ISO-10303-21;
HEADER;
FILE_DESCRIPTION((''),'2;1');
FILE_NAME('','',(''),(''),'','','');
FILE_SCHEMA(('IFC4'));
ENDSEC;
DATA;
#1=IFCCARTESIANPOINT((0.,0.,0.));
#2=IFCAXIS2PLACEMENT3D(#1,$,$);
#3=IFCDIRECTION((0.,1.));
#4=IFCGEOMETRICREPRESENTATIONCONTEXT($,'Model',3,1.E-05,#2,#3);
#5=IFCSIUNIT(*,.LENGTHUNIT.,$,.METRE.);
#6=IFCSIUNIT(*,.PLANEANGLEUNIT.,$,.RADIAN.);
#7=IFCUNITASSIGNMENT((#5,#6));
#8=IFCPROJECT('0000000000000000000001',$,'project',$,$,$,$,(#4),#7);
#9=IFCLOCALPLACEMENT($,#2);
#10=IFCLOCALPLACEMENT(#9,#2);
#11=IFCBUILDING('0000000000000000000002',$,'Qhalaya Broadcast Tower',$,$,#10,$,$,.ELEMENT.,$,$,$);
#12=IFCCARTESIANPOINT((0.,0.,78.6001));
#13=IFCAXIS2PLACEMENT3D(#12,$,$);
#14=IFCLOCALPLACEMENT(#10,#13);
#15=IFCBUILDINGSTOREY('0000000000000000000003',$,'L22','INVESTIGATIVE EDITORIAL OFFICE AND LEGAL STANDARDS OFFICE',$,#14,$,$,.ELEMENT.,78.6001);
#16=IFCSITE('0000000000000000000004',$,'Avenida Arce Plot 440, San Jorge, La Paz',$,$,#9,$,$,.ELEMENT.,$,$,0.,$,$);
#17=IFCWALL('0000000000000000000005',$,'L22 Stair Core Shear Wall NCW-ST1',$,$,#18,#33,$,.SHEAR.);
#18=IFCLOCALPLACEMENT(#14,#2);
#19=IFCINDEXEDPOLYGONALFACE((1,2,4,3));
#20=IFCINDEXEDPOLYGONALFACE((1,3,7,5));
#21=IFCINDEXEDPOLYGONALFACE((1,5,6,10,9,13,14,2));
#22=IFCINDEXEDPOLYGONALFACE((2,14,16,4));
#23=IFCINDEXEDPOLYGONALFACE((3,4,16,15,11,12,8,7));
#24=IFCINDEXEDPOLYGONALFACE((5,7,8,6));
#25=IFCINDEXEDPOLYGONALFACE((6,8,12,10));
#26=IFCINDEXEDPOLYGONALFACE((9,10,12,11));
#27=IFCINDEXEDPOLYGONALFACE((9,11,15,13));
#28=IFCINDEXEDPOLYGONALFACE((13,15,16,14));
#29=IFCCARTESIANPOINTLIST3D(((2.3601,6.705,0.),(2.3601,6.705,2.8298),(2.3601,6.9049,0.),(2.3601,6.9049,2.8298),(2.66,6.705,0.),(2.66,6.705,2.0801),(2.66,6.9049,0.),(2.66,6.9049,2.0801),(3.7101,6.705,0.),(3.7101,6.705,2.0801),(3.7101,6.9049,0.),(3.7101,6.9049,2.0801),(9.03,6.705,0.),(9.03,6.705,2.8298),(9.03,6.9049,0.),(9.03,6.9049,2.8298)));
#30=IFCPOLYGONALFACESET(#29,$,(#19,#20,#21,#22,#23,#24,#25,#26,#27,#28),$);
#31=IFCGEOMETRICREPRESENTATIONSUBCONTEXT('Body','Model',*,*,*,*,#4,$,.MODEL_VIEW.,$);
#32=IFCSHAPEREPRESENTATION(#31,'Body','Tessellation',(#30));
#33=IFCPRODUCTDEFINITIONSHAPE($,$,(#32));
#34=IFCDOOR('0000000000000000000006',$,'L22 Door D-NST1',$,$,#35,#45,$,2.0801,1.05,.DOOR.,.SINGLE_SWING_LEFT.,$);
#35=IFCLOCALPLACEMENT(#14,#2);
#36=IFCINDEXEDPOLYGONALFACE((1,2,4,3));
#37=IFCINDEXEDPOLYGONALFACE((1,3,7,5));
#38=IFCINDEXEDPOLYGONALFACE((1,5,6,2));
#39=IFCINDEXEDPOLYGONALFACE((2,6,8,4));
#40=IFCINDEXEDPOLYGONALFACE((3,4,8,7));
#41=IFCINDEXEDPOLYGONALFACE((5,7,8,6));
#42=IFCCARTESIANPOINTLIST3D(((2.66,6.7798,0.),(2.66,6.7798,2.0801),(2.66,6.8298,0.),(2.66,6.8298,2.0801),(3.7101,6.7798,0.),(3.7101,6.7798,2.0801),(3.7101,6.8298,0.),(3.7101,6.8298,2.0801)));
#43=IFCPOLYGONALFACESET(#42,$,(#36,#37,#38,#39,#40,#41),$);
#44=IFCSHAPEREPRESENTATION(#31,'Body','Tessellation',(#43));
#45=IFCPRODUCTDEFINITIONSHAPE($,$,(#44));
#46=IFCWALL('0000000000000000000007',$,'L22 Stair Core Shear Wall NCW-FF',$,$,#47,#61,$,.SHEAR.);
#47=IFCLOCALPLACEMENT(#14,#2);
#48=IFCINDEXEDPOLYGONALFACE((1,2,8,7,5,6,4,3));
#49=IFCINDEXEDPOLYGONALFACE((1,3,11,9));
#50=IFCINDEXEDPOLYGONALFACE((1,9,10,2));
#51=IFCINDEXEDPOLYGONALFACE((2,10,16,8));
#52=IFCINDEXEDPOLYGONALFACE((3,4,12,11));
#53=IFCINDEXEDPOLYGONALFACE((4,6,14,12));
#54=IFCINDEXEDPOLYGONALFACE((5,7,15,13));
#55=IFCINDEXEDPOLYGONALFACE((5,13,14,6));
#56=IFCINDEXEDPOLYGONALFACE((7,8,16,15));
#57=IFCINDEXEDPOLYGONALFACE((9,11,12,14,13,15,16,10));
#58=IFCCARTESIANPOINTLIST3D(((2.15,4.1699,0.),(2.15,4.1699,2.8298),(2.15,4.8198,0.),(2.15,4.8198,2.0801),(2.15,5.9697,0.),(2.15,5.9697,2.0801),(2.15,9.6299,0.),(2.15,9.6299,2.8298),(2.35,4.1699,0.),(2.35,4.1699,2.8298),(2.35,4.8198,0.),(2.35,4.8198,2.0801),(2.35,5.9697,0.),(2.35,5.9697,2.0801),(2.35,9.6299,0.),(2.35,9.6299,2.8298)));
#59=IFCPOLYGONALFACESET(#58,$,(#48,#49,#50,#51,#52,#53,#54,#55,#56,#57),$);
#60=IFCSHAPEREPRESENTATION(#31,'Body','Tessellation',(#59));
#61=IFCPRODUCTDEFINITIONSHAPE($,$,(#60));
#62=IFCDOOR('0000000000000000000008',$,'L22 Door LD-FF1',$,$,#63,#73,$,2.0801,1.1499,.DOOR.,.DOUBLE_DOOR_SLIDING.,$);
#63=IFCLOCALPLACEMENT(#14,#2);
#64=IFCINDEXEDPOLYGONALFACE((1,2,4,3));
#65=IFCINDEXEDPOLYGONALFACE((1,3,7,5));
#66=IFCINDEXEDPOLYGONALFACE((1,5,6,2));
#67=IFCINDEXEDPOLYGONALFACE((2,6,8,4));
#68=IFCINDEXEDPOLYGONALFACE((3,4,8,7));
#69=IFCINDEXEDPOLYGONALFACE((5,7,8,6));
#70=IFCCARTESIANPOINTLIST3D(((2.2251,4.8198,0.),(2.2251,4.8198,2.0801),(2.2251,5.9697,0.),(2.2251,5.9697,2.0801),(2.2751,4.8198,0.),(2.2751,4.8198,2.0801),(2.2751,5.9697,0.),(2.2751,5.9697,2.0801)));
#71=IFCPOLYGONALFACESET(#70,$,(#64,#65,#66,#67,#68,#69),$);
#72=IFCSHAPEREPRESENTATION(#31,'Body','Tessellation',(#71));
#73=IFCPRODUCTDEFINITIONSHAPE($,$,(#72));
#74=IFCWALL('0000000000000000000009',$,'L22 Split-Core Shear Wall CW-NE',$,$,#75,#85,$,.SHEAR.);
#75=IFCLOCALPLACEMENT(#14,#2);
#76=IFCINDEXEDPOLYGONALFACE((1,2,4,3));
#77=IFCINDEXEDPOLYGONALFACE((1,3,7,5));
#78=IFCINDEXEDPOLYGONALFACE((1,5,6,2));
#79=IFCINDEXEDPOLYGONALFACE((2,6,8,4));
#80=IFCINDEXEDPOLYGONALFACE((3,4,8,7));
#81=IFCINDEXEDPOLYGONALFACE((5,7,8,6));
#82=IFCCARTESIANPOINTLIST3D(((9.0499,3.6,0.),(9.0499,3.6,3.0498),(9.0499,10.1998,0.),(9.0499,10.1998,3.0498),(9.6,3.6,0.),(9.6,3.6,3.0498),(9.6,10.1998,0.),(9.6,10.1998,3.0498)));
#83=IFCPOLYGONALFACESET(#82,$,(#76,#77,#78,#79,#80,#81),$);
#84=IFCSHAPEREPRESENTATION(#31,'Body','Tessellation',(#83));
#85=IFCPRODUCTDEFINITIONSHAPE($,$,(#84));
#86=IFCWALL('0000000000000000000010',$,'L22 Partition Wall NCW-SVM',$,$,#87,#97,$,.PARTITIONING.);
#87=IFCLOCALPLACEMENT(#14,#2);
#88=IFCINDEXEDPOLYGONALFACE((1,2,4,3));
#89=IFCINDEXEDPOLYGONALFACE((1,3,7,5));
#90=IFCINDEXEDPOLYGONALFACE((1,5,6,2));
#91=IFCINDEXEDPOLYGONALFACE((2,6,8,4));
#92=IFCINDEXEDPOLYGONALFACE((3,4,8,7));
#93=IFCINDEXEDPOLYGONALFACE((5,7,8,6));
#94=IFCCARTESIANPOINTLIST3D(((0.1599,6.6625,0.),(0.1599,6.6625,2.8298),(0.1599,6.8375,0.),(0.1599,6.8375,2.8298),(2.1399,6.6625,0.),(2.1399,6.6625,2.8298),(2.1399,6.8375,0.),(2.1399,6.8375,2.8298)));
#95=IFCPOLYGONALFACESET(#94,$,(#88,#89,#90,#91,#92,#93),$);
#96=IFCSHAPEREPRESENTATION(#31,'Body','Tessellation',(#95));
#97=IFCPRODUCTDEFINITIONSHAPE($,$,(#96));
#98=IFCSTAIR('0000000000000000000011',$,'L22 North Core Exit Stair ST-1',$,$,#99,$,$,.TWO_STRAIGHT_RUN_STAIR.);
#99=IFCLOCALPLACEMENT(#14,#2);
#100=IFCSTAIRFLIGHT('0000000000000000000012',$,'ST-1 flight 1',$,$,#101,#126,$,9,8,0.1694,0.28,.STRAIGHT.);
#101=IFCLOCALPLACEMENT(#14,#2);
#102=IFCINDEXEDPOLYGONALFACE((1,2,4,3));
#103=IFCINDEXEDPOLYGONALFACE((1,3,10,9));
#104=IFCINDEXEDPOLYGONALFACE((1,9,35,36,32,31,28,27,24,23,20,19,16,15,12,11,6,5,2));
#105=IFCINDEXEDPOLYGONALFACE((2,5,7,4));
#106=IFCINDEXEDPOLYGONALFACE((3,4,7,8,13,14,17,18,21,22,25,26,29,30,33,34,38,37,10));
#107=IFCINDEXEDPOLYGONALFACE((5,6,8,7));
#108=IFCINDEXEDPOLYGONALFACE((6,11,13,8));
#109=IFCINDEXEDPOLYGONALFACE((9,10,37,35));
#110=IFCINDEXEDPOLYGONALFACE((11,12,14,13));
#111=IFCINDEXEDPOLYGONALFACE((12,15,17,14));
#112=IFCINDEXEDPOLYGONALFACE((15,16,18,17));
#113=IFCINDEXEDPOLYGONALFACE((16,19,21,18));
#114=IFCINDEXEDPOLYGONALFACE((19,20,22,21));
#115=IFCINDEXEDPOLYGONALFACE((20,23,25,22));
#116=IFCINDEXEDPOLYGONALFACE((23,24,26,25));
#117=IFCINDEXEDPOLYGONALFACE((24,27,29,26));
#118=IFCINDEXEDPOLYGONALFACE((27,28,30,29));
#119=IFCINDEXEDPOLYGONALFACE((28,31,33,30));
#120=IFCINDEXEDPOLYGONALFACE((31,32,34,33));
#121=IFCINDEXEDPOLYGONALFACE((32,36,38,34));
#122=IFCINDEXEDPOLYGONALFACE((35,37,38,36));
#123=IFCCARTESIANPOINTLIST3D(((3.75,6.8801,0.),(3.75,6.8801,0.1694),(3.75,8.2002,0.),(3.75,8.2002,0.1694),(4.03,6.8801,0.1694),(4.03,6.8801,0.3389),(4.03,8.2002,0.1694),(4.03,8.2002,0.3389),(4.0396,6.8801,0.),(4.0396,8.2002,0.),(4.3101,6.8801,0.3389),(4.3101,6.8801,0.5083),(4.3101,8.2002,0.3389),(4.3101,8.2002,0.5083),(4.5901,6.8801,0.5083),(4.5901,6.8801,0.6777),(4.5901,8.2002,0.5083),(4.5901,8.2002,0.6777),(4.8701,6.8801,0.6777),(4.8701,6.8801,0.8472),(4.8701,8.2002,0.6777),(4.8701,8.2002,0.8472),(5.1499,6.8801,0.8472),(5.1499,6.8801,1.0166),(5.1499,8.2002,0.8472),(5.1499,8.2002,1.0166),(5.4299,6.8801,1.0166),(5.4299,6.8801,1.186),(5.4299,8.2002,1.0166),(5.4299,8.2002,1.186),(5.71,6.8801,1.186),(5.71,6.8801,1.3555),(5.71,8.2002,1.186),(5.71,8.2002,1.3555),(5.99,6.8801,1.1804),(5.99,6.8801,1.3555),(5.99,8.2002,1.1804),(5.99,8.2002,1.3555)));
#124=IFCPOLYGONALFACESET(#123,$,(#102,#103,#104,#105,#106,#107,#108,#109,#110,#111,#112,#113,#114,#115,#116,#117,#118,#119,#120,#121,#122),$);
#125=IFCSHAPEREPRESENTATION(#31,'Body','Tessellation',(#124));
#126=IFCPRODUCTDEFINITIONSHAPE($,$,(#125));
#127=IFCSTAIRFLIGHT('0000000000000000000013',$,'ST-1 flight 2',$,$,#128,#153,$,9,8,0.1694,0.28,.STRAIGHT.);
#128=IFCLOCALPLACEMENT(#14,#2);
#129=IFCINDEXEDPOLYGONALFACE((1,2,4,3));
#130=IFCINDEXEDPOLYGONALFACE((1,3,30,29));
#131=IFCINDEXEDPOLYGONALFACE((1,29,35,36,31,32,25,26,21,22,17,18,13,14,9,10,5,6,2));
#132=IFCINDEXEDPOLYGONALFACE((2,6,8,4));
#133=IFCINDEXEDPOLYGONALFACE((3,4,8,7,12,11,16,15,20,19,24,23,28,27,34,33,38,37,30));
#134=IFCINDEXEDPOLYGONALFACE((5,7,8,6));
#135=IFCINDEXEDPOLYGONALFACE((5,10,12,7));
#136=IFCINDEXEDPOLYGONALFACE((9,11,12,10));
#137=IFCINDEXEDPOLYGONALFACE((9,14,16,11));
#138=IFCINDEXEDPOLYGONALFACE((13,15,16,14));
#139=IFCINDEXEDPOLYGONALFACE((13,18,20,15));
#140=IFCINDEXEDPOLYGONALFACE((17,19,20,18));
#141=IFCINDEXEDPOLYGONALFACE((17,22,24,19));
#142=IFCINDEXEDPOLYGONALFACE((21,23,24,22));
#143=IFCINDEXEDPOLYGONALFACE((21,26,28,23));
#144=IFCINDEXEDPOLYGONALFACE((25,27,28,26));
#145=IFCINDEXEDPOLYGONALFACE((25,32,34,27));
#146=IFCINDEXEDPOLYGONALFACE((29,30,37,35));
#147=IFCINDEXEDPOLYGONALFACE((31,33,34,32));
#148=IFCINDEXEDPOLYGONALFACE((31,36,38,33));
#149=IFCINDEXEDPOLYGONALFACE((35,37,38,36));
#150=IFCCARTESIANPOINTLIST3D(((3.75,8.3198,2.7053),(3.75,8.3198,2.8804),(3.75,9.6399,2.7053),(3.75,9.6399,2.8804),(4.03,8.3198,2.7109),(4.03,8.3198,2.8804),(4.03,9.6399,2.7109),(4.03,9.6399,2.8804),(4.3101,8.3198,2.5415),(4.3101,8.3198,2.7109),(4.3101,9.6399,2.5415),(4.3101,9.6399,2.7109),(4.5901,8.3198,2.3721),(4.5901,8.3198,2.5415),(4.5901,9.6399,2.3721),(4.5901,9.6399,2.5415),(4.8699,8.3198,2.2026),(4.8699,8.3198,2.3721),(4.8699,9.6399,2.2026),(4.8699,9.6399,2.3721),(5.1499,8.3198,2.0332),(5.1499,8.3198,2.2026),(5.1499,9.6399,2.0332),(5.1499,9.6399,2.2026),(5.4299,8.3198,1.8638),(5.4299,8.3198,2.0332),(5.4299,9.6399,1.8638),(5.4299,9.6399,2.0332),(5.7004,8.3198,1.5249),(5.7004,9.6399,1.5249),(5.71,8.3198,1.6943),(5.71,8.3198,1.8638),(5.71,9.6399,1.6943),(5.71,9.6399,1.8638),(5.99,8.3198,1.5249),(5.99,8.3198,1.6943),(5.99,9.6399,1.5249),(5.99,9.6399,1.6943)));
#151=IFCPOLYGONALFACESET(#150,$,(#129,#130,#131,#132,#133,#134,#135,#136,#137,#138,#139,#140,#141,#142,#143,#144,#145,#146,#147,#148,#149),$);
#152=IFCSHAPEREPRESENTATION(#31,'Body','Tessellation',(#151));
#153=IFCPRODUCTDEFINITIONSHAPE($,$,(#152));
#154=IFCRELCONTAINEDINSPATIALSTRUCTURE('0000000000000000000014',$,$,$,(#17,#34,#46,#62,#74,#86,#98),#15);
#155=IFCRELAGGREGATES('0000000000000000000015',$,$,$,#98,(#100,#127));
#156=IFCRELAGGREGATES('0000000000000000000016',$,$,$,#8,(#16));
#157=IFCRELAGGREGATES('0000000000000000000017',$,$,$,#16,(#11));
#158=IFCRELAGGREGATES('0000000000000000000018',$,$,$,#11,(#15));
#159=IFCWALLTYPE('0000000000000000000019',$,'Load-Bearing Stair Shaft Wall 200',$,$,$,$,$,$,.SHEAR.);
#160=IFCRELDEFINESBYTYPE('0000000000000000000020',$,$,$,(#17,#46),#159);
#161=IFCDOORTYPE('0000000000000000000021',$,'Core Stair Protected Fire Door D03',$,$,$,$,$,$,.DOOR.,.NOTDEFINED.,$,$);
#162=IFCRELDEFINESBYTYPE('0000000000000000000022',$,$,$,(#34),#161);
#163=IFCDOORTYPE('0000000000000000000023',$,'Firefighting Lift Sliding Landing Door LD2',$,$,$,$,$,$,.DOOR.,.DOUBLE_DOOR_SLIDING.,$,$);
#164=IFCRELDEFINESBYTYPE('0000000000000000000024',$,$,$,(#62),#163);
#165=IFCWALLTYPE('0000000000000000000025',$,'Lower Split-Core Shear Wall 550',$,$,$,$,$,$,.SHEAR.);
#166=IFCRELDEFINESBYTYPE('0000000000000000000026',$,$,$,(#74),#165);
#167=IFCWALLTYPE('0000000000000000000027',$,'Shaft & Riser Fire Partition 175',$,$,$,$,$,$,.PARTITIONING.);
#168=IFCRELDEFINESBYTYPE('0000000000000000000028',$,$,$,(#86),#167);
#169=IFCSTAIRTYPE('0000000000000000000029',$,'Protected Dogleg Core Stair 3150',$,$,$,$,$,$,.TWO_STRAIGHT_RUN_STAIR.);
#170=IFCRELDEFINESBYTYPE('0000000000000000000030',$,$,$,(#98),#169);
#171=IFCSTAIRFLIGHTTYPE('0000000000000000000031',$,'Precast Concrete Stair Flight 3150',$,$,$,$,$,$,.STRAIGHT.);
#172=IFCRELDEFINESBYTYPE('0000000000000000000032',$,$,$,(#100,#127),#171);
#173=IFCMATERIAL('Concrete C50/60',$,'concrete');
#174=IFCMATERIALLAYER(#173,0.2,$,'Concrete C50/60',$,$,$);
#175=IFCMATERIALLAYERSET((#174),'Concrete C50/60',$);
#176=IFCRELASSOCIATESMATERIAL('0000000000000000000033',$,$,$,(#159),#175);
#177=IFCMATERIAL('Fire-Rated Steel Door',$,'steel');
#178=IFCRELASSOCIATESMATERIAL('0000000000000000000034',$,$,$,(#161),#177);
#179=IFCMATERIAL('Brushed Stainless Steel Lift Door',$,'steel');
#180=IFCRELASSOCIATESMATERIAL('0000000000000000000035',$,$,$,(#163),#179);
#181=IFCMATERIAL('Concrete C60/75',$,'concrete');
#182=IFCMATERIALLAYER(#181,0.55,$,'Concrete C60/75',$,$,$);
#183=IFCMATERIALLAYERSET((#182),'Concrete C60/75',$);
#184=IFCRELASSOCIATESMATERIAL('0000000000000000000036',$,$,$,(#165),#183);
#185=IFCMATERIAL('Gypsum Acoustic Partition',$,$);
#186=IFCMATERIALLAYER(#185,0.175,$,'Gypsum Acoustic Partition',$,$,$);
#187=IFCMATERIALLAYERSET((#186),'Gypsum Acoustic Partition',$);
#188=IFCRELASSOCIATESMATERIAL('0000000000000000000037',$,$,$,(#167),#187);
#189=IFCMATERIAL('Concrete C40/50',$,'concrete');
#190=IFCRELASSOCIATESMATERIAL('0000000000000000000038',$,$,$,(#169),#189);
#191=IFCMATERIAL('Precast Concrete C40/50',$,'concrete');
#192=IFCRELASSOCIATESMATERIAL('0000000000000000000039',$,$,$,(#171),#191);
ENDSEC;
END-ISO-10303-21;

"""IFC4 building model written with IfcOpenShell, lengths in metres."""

from ifc_helpers import new_model, si_unit, direction, frame, frame_2d, origin, place, context, subcontext, project, spatial, polyline, rectangle, outline, extrude, material, layer, layer_set, type_object, element, fill, aggregate, save


model = new_model("IFC4")

# Units and contexts
model_context = context("Model", 3, precision=1e-05, world=origin(), true_north=direction((0.0, 1.0)))
body_context = subcontext(model_context, "Body", "Model", "MODEL_VIEW")
ifc_project = project(units=[si_unit("LENGTHUNIT", "METRE"), si_unit("PLANEANGLEUNIT", "RADIAN")], contexts=[model_context])

# Site, building, storey
site_placement = place(None, origin())
site = spatial("IfcSite", under=ifc_project, at=site_placement, Name="Avenida Arce Plot 440, San Jorge, La Paz", CompositionType="ELEMENT", RefElevation=0.0)
building_placement = place(site_placement, origin())
building = spatial("IfcBuilding", under=site, at=building_placement, Name="Qhalaya Broadcast Tower", CompositionType="ELEMENT")
storey_placement = place(building_placement, frame((0.0, 0.0, 78.6001)))
storey = spatial("IfcBuildingStorey", under=building, at=storey_placement, Name="L22", Description="INVESTIGATIVE EDITORIAL OFFICE AND LEGAL STANDARDS OFFICE", CompositionType="ELEMENT", Elevation=78.6001)

# Shared definitions
ifc_material_1 = material(Name="Concrete C50/60", Category="concrete")

# Walls, openings, doors
ifc_layer_1 = layer(ifc_material_1, 0.2, Name="Concrete C50/60")
ifc_layer_set_1 = layer_set([ifc_layer_1], Name="Concrete C50/60")
wall_type_1 = type_object("IfcWallType", Name="Load-Bearing Stair Shaft Wall 200", PredefinedType="SHEAR", material=ifc_layer_set_1)
wall_1_placement = place(storey_placement, frame((2.3601, 6.8049, 0.0), z_axis=(0.0, 0.0, 1.0), x_axis=(1.0, 0.0, 0.0)))
wall_1 = element("IfcWall", 1, at=wall_1_placement, inside=storey, type_object=wall_type_1, Name="L22 Stair Core Shear Wall NCW-ST1", PredefinedType="SHEAR", context=body_context, shape_type="SweptSolid", body=[
    extrude(rectangle(XDim=6.6699, YDim=0.2, at=frame_2d((3.335, 0.0))), origin(), (0.0, 0.0, 1.0), 2.8298),
])
opening_1_placement = place(wall_1_placement, frame((0.3, 0.0, 0.0)))
opening_1 = element("IfcOpeningElement", 2, at=opening_1_placement, cuts=wall_1, PredefinedType="OPENING", context=body_context, shape_type="SweptSolid", body=[
    extrude(rectangle(XDim=1.05, YDim=2.0801, at=frame_2d((0.5249, 1.04))), frame((0.0, 0.1121, 0.0), z_axis=(0.0, -1.0, 0.0), x_axis=(1.0, 0.0, 0.0)), (0.0, 0.0, 1.0), 0.2239),
])
ifc_material_2 = material(Name="Fire-Rated Steel Door", Category="steel")
door_type_1 = type_object("IfcDoorType", Name="Core Stair Protected Fire Door D03", OperationType="NOTDEFINED", PredefinedType="DOOR", material=ifc_material_2)
door_1_placement = place(opening_1_placement, origin())
door_1 = element("IfcDoor", 3, at=door_1_placement, inside=storey, type_object=door_type_1, Name="L22 Door D-NST1", OperationType="SINGLE_SWING_LEFT", OverallHeight=2.0801, OverallWidth=1.05, PredefinedType="DOOR", context=body_context, shape_type="SweptSolid", body=[
    extrude(rectangle(XDim=1.05, YDim=2.0801, at=frame_2d((0.5249, 1.04))), frame((0.0, 0.0249, 0.0), z_axis=(0.0, -1.0, 0.0), x_axis=(1.0, 0.0, 0.0)), (0.0, 0.0, 1.0), 0.05),
])
fill(opening_1, door_1)
wall_2_placement = place(storey_placement, frame((2.25, 4.1699, 0.0), z_axis=(0.0, 0.0, 1.0), x_axis=(0.0, 1.0, 0.0)))
wall_2 = element("IfcWall", 4, at=wall_2_placement, inside=storey, type_object=wall_type_1, Name="L22 Stair Core Shear Wall NCW-FF", PredefinedType="SHEAR", context=body_context, shape_type="SweptSolid", body=[
    extrude(rectangle(XDim=5.46, YDim=0.2, at=frame_2d((2.73, 0.0))), origin(), (0.0, 0.0, 1.0), 2.8298),
])
opening_2_placement = place(wall_2_placement, frame((0.6499, 0.0, 0.0)))
opening_2 = element("IfcOpeningElement", 5, at=opening_2_placement, cuts=wall_2, PredefinedType="OPENING", context=body_context, shape_type="SweptSolid", body=[
    extrude(rectangle(XDim=1.1499, YDim=2.0801, at=frame_2d((0.575, 1.04))), frame((0.0, 0.1121, 0.0), z_axis=(0.0, -1.0, 0.0), x_axis=(1.0, 0.0, 0.0)), (0.0, 0.0, 1.0), 0.2239),
])
ifc_material_3 = material(Name="Brushed Stainless Steel Lift Door", Category="steel")
door_type_2 = type_object("IfcDoorType", Name="Firefighting Lift Sliding Landing Door LD2", OperationType="DOUBLE_DOOR_SLIDING", PredefinedType="DOOR", material=ifc_material_3)
door_2_placement = place(opening_2_placement, origin())
door_2 = element("IfcDoor", 6, at=door_2_placement, inside=storey, type_object=door_type_2, Name="L22 Door LD-FF1", OperationType="DOUBLE_DOOR_SLIDING", OverallHeight=2.0801, OverallWidth=1.1499, PredefinedType="DOOR", context=body_context, shape_type="SweptSolid", body=[
    extrude(rectangle(XDim=1.1499, YDim=2.0801, at=frame_2d((0.575, 1.04))), frame((0.0, 0.0249, 0.0), z_axis=(0.0, -1.0, 0.0), x_axis=(1.0, 0.0, 0.0)), (0.0, 0.0, 1.0), 0.05),
])
fill(opening_2, door_2)

# Wall
ifc_material_4 = material(Name="Concrete C60/75", Category="concrete")
ifc_layer_2 = layer(ifc_material_4, 0.55, Name="Concrete C60/75")
ifc_layer_set_2 = layer_set([ifc_layer_2], Name="Concrete C60/75")
wall_type_2 = type_object("IfcWallType", Name="Lower Split-Core Shear Wall 550", PredefinedType="SHEAR", material=ifc_layer_set_2)
wall_3_placement = place(storey_placement, frame((9.325, 3.6001, 0.0), z_axis=(0.0, 0.0, 1.0), x_axis=(0.0, 1.0, 0.0)))
element("IfcWall", 7, at=wall_3_placement, inside=storey, type_object=wall_type_2, Name="L22 Split-Core Shear Wall CW-NE", PredefinedType="SHEAR", context=body_context, shape_type="SweptSolid", body=[
    extrude(rectangle(XDim=6.5999, YDim=0.55, at=frame_2d((3.2998, 0.0))), origin(), (0.0, 0.0, 1.0), 3.0498),
])

# Shared definitions
ifc_material_5 = material(Name="Gypsum Acoustic Partition")
ifc_layer_3 = layer(ifc_material_5, 0.175, Name="Gypsum Acoustic Partition")
ifc_layer_set_3 = layer_set([ifc_layer_3], Name="Gypsum Acoustic Partition")
wall_type_3 = type_object("IfcWallType", Name="Shaft & Riser Fire Partition 175", PredefinedType="PARTITIONING", material=ifc_layer_set_3)

# Wall
wall_4_placement = place(storey_placement, frame((0.1599, 6.75, 0.0), z_axis=(0.0, 0.0, 1.0), x_axis=(1.0, 0.0, 0.0)))
element("IfcWall", 8, at=wall_4_placement, inside=storey, type_object=wall_type_3, Name="L22 Partition Wall NCW-SVM", PredefinedType="PARTITIONING", context=body_context, shape_type="SweptSolid", body=[
    extrude(rectangle(XDim=1.98, YDim=0.175, at=frame_2d((0.99, 0.0))), origin(), (0.0, 0.0, 1.0), 2.8298),
])

# Stair, stair flights
ifc_material_6 = material(Name="Concrete C40/50", Category="concrete")
stair_type = type_object("IfcStairType", Name="Protected Dogleg Core Stair 3150", PredefinedType="TWO_STRAIGHT_RUN_STAIR", material=ifc_material_6)
stair_placement = place(storey_placement, origin())
stair = element("IfcStair", 9, at=stair_placement, inside=storey, type_object=stair_type, Name="L22 North Core Exit Stair ST-1", PredefinedType="TWO_STRAIGHT_RUN_STAIR")
ifc_material_7 = material(Name="Precast Concrete C40/50", Category="concrete")
stair_flight_type = type_object("IfcStairFlightType", Name="Precast Concrete Stair Flight 3150", PredefinedType="STRAIGHT", material=ifc_material_7)
stair_flight_1_placement = place(storey_placement, frame((3.75, 7.54, 0.0), z_axis=(0.0, 0.0, 1.0), x_axis=(1.0, 0.0, 0.0)))
stair_flight_1 = element("IfcStairFlight", 10, at=stair_flight_1_placement, type_object=stair_flight_type, Name="ST-1 flight 1", NumberOfRisers=9, NumberOfTreads=8, PredefinedType="STRAIGHT", RiserHeight=0.1694, TreadLength=0.28, context=body_context, shape_type="SweptSolid", body=[
    extrude(outline(polyline([(0.0, 0.0), (0.0, 0.1694), (0.28, 0.1694), (0.28, 0.3389), (0.5601, 0.3389), (0.5601, 0.5083), (0.8401, 0.5083), (0.8401, 0.6777), (1.1201, 0.6777), (1.1201, 0.8472), (1.3999, 0.8472), (1.3999, 1.0166), (1.6799, 1.0166), (1.6799, 1.186), (1.96, 1.186), (1.96, 1.3555), (2.24, 1.3555), (2.24, 1.5249), (2.24, 1.1804), (0.2896, 0.0), (0.0, 0.0)])), frame((0.0, 0.6602, 0.0), z_axis=(0.0, -1.0, 0.0), x_axis=(1.0, 0.0, 0.0)), (0.0, 0.0, 1.0), 1.3201),
])
stair_flight_2_placement = place(storey_placement, frame((5.99, 8.98, 1.5249), z_axis=(0.0, 0.0, 1.0), x_axis=(-1.0, 0.0, 0.0)))
stair_flight_2 = element("IfcStairFlight", 11, at=stair_flight_2_placement, type_object=stair_flight_type, Name="ST-1 flight 2", NumberOfRisers=9, NumberOfTreads=8, PredefinedType="STRAIGHT", RiserHeight=0.1694, TreadLength=0.28, context=body_context, shape_type="SweptSolid", body=[
    extrude(outline(polyline([(0.0, 0.0), (0.0, 0.1694), (0.28, 0.1694), (0.28, 0.3389), (0.5601, 0.3389), (0.5601, 0.5083), (0.8401, 0.5083), (0.8401, 0.6777), (1.1201, 0.6777), (1.1201, 0.8472), (1.3999, 0.8472), (1.3999, 1.0166), (1.6799, 1.0166), (1.6799, 1.186), (1.96, 1.186), (1.96, 1.3555), (2.24, 1.3555), (2.24, 1.5249), (2.24, 1.1804), (0.2896, 0.0), (0.0, 0.0)])), frame((0.0, 0.6602, 0.0), z_axis=(0.0, -1.0, 0.0), x_axis=(1.0, 0.0, 0.0)), (0.0, 0.0, 1.0), 1.3201),
])
aggregate(stair, [stair_flight_1, stair_flight_2])

save(model, "model.ifc")
